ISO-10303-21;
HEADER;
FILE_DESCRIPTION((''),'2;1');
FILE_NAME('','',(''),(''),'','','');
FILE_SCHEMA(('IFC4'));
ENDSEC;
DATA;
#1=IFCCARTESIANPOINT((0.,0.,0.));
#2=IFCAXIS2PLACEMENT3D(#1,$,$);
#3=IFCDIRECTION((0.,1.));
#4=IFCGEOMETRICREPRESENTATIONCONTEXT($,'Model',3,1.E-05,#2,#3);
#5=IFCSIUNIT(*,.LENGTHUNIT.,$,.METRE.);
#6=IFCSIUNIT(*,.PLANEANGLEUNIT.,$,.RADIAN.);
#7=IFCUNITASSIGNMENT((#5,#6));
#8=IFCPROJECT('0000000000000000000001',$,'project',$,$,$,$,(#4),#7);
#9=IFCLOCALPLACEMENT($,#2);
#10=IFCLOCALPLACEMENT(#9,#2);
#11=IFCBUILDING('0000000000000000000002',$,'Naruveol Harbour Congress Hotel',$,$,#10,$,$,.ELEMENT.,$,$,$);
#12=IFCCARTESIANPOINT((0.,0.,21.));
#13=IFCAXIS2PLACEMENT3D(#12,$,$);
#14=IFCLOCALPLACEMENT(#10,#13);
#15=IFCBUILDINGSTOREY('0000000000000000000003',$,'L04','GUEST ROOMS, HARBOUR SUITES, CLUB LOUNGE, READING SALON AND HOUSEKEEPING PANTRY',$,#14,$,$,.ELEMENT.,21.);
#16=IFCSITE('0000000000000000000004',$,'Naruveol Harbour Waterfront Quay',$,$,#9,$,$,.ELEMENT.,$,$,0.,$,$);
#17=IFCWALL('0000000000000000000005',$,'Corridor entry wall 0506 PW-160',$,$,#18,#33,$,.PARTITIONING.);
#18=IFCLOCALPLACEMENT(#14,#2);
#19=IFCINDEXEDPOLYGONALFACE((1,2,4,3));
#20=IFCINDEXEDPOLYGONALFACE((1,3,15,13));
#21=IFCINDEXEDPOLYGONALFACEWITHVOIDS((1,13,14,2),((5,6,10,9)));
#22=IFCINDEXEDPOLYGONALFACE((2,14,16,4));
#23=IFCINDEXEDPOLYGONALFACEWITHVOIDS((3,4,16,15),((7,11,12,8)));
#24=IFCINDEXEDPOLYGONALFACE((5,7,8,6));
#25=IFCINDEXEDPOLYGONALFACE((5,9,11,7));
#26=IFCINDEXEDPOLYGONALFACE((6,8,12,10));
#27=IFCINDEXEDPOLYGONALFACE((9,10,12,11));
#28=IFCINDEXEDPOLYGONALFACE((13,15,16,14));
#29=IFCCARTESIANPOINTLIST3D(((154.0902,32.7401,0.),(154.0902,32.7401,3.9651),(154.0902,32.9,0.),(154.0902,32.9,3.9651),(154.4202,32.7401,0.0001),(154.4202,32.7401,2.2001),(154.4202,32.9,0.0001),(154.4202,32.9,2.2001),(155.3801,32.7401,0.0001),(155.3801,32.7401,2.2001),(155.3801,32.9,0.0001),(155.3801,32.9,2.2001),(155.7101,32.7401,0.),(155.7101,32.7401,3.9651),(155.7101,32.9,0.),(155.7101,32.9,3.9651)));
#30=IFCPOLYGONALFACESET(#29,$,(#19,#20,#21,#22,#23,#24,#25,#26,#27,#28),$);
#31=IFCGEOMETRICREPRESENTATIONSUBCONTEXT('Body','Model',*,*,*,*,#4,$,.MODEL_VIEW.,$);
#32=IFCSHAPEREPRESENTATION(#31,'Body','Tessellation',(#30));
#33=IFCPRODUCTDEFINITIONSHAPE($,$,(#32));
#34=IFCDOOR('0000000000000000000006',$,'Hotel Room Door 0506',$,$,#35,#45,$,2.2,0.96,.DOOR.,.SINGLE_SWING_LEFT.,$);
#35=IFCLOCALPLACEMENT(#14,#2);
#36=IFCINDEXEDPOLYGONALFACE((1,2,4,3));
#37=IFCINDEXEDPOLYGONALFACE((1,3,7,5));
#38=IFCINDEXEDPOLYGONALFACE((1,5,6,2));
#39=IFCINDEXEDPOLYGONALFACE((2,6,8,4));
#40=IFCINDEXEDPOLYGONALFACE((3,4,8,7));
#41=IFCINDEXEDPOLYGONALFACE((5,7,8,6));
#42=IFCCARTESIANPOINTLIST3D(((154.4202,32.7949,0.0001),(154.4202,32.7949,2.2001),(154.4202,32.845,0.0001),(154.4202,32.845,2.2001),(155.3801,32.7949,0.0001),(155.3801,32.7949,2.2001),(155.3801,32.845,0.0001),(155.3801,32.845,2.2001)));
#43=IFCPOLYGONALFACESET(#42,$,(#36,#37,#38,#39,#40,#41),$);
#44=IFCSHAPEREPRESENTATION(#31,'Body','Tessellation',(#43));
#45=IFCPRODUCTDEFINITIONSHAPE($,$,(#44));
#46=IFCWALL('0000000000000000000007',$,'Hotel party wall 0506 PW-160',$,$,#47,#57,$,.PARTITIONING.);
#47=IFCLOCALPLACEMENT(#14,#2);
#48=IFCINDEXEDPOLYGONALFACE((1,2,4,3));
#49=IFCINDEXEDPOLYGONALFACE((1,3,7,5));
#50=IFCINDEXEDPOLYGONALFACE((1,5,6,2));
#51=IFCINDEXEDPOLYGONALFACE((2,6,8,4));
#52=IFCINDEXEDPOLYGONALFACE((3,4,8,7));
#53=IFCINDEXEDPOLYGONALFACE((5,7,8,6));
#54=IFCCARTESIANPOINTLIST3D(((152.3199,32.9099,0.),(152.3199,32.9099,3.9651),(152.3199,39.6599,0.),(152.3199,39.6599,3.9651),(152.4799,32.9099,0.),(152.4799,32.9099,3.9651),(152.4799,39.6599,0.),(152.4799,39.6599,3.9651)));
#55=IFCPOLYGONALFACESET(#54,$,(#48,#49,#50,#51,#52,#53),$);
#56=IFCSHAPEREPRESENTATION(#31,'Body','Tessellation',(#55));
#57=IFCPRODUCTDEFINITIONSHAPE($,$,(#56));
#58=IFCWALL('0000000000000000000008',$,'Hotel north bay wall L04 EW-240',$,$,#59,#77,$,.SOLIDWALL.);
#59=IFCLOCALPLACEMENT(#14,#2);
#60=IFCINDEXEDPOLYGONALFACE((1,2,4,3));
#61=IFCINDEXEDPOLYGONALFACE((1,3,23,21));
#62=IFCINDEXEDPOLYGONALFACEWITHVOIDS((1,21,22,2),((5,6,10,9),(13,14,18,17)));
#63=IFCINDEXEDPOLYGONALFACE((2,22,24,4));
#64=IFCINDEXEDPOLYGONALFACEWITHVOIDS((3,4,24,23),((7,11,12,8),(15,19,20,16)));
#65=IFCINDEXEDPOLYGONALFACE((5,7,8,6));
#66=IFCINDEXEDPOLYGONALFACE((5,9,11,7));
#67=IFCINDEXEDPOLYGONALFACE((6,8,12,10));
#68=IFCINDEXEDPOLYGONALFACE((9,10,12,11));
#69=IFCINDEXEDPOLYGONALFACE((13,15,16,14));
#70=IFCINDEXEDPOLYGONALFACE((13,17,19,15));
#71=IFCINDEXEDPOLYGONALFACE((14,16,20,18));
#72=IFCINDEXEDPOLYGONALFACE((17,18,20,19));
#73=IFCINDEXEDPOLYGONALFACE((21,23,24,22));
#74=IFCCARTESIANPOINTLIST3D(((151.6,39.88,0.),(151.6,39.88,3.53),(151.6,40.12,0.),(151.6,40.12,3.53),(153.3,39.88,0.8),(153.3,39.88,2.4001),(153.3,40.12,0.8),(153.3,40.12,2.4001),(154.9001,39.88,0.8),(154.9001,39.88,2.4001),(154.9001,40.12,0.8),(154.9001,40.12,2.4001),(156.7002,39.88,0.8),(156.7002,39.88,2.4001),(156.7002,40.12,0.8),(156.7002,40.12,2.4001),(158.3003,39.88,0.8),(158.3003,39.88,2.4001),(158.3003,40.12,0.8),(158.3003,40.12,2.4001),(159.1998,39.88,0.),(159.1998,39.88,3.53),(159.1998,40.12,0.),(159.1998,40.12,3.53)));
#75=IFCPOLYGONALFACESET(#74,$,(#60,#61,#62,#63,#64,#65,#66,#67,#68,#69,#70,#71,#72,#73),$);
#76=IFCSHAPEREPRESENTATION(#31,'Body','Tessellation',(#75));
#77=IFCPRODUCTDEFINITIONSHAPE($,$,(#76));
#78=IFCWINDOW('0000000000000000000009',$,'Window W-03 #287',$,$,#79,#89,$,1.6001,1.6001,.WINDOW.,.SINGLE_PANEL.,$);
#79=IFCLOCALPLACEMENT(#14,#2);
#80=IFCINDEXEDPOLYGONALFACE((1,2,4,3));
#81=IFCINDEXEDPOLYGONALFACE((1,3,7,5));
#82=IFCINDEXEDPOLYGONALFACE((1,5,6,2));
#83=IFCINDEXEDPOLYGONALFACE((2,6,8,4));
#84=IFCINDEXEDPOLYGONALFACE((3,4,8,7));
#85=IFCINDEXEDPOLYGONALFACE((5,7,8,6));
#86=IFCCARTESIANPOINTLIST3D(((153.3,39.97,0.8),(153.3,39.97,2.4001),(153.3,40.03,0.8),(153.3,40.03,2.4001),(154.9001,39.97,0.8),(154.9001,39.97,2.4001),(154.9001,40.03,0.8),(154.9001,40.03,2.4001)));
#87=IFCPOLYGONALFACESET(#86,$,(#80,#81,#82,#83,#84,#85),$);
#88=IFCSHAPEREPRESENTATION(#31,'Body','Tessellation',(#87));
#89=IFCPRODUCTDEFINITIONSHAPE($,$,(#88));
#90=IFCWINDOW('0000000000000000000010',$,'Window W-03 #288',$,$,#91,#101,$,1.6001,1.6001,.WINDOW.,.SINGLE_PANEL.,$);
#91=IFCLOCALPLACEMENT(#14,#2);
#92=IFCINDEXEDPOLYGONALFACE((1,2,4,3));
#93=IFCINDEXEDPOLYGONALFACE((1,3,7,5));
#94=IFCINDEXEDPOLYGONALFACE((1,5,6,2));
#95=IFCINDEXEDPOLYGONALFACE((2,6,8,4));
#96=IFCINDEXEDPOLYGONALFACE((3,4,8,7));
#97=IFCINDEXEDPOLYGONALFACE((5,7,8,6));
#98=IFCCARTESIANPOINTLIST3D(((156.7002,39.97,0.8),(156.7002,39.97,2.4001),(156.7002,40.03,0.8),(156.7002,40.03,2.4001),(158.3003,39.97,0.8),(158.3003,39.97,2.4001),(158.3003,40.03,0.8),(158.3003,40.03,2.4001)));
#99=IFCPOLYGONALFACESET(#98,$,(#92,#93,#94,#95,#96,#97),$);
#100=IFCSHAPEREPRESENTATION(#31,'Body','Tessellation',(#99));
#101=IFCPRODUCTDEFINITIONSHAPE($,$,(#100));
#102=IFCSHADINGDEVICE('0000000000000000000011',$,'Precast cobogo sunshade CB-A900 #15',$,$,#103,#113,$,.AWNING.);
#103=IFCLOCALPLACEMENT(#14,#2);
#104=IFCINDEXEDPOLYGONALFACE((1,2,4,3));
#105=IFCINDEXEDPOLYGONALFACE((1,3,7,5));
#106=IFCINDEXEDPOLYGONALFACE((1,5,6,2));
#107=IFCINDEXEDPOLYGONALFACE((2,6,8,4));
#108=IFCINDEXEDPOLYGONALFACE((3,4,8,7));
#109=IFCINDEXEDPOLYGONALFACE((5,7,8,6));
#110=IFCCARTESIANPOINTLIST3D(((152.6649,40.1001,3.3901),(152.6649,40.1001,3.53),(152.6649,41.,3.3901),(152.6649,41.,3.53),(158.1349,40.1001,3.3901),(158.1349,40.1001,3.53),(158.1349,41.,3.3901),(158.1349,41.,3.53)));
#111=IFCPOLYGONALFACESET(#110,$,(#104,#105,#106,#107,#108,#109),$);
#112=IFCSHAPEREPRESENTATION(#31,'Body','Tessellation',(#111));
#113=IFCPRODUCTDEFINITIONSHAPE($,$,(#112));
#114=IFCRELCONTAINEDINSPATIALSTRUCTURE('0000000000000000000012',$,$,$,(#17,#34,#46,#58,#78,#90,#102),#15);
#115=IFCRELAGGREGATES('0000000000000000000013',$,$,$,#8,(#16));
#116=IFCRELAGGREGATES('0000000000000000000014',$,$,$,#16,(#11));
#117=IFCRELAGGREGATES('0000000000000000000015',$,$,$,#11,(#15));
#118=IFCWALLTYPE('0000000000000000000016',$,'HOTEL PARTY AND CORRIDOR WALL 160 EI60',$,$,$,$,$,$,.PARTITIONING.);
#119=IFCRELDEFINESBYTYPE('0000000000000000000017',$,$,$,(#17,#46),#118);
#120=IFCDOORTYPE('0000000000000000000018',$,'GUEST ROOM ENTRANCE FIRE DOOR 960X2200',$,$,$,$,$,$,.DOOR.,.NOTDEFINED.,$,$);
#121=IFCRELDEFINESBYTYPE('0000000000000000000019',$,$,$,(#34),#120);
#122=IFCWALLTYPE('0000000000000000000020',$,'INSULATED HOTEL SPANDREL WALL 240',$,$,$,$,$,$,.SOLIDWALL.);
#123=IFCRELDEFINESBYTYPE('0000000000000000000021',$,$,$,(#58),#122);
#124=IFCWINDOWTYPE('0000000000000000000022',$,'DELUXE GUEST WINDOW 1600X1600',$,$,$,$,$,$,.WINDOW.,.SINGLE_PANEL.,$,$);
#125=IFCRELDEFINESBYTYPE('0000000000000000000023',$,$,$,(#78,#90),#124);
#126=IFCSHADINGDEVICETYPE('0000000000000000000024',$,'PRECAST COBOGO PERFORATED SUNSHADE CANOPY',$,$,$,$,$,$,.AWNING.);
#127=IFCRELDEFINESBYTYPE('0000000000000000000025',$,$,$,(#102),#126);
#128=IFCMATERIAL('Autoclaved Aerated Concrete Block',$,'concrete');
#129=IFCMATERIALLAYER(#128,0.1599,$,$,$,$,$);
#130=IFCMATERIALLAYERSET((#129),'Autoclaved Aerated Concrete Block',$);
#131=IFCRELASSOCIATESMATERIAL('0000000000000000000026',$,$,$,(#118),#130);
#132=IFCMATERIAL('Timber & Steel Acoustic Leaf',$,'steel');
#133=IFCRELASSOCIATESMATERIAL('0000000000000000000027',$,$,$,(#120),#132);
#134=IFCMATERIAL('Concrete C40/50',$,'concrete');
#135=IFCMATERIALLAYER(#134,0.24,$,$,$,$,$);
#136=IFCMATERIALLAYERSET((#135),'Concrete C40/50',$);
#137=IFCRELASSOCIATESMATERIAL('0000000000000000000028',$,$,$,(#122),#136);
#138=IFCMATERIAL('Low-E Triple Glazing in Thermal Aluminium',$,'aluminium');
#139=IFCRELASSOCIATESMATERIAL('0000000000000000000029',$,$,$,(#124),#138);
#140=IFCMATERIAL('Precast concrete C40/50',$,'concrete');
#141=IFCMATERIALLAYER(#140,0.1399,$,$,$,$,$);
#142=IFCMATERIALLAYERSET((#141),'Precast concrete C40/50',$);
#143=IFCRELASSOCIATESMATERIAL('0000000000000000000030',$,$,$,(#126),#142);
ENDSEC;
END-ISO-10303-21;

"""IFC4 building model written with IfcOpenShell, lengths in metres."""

from ifc_helpers import new_model, si_unit, direction, frame, frame_2d, origin, origin_2d, place, context, subcontext, project, spatial, rectangle, extrude, material, layer, layer_set, type_object, element, fill, save


model = new_model("IFC4")

# Units and contexts
model_context = context("Model", 3, precision=1e-05, world=origin(), true_north=direction((0.0, 1.0)))
body_context = subcontext(model_context, "Body", "Model", "MODEL_VIEW")
ifc_project = project(units=[si_unit("LENGTHUNIT", "METRE"), si_unit("PLANEANGLEUNIT", "RADIAN")], contexts=[model_context])

# Site, building, storey
site_placement = place(None, origin())
site = spatial("IfcSite", under=ifc_project, at=site_placement, Name="Naruveol Harbour Waterfront Quay", CompositionType="ELEMENT", RefElevation=0.0)
building_placement = place(site_placement, origin())
building = spatial("IfcBuilding", under=site, at=building_placement, Name="Naruveol Harbour Congress Hotel", CompositionType="ELEMENT")
storey_placement = place(building_placement, frame((0.0, 0.0, 21.0)))
storey = spatial("IfcBuildingStorey", under=building, at=storey_placement, Name="L04", Description="GUEST ROOMS, HARBOUR SUITES, CLUB LOUNGE, READING SALON AND HOUSEKEEPING PANTRY", CompositionType="ELEMENT", Elevation=21.0)

# Shared definitions
ifc_material_1 = material(Name="Autoclaved Aerated Concrete Block", Category="concrete")
ifc_layer_1 = layer(ifc_material_1, 0.1599)
ifc_layer_set_1 = layer_set([ifc_layer_1], Name="Autoclaved Aerated Concrete Block")
wall_type_1 = type_object("IfcWallType", Name="HOTEL PARTY AND CORRIDOR WALL 160 EI60", PredefinedType="PARTITIONING", material=ifc_layer_set_1)
ifc_material_2 = material(Name="Timber & Steel Acoustic Leaf", Category="steel")
door_type_1 = type_object("IfcDoorType", Name="GUEST ROOM ENTRANCE FIRE DOOR 960X2200", OperationType="NOTDEFINED", PredefinedType="DOOR", material=ifc_material_2)

# Wall, opening, door
wall_1_placement = place(storey_placement, frame((154.0901, 32.8201, 0.0), z_axis=(0.0, 0.0, 1.0), x_axis=(1.0, 0.0, 0.0)))
wall_1 = element("IfcWall", 1, at=wall_1_placement, inside=storey, type_object=wall_type_1, Name="Corridor entry wall 0506 PW-160", PredefinedType="PARTITIONING", context=body_context, shape_type="SweptSolid", body=[
    extrude(rectangle(XDim=1.6199, YDim=0.1599, at=frame_2d((0.8101, 0.0))), origin(), (0.0, 0.0, 1.0), 3.9651),
])
opening_1_placement = place(wall_1_placement, frame((0.3301, 0.0, 0.0)))
opening_1 = element("IfcOpeningElement", 2, at=opening_1_placement, cuts=wall_1, PredefinedType="OPENING", context=body_context, shape_type="SweptSolid", body=[
    extrude(rectangle(XDim=0.96, YDim=2.2, at=frame_2d((0.48, 1.1001))), frame((0.0, 0.0898, 0.0), z_axis=(0.0, -1.0, 0.0), x_axis=(1.0, 0.0, 0.0)), (0.0, 0.0, 1.0), 0.1799),
])
door_1_placement = place(opening_1_placement, origin())
door_1 = element("IfcDoor", 3, at=door_1_placement, inside=storey, type_object=door_type_1, Name="Hotel Room Door 0506", OperationType="SINGLE_SWING_LEFT", OverallHeight=2.2, OverallWidth=0.96, PredefinedType="DOOR", context=body_context, shape_type="SweptSolid", body=[
    extrude(rectangle(XDim=0.96, YDim=2.2, at=frame_2d((0.48, 1.1001))), frame((0.0, 0.0249, 0.0), z_axis=(0.0, -1.0, 0.0), x_axis=(1.0, 0.0, 0.0)), (0.0, 0.0, 1.0), 0.05),
])
fill(opening_1, door_1)

# Wall
wall_2_placement = place(storey_placement, frame((152.3999, 32.9099, 0.0), z_axis=(0.0, 0.0, 1.0), x_axis=(0.0, 1.0, 0.0)))
element("IfcWall", 4, at=wall_2_placement, inside=storey, type_object=wall_type_1, Name="Hotel party wall 0506 PW-160", PredefinedType="PARTITIONING", context=body_context, shape_type="SweptSolid", body=[
    extrude(rectangle(XDim=6.75, YDim=0.1599, at=frame_2d((3.375, 0.0))), origin(), (0.0, 0.0, 1.0), 3.9651),
])

# Wall, openings, windows
ifc_material_3 = material(Name="Concrete C40/50", Category="concrete")
ifc_layer_2 = layer(ifc_material_3, 0.24)
ifc_layer_set_2 = layer_set([ifc_layer_2], Name="Concrete C40/50")
wall_type_2 = type_object("IfcWallType", Name="INSULATED HOTEL SPANDREL WALL 240", PredefinedType="SOLIDWALL", material=ifc_layer_set_2)
wall_3_placement = place(storey_placement, frame((151.6001, 40.0, 0.0), z_axis=(0.0, 0.0, 1.0), x_axis=(1.0, 0.0, 0.0)))
wall_3 = element("IfcWall", 5, at=wall_3_placement, inside=storey, type_object=wall_type_2, Name="Hotel north bay wall L04 EW-240", PredefinedType="SOLIDWALL", context=body_context, shape_type="SweptSolid", body=[
    extrude(rectangle(XDim=7.5999, YDim=0.24, at=frame_2d((3.7998, 0.0))), origin(), (0.0, 0.0, 1.0), 3.53),
])
opening_2_placement = place(wall_3_placement, frame((1.7, 0.0, 0.8)))
opening_2 = element("IfcOpeningElement", 6, at=opening_2_placement, cuts=wall_3, PredefinedType="OPENING", context=body_context, shape_type="SweptSolid", body=[
    extrude(rectangle(XDim=1.6001, YDim=1.6001, at=frame_2d((0.8, 0.8))), frame((0.0, 0.1299, 0.0), z_axis=(0.0, -1.0, 0.0), x_axis=(1.0, 0.0, 0.0)), (0.0, 0.0, 1.0), 0.26),
])
opening_3_placement = place(wall_3_placement, frame((5.1001, 0.0, 0.8)))
opening_3 = element("IfcOpeningElement", 7, at=opening_3_placement, cuts=wall_3, PredefinedType="OPENING", context=body_context, shape_type="SweptSolid", body=[
    extrude(rectangle(XDim=1.6001, YDim=1.6001, at=frame_2d((0.8, 0.8))), frame((0.0, 0.1299, 0.0), z_axis=(0.0, -1.0, 0.0), x_axis=(1.0, 0.0, 0.0)), (0.0, 0.0, 1.0), 0.26),
])
ifc_material_4 = material(Name="Low-E Triple Glazing in Thermal Aluminium", Category="aluminium")
window_type = type_object("IfcWindowType", Name="DELUXE GUEST WINDOW 1600X1600", PartitioningType="SINGLE_PANEL", PredefinedType="WINDOW", material=ifc_material_4)
window_1_placement = place(opening_2_placement, origin())
window_1 = element("IfcWindow", 8, at=window_1_placement, inside=storey, type_object=window_type, Name="Window W-03 #287", OverallHeight=1.6001, OverallWidth=1.6001, PartitioningType="SINGLE_PANEL", PredefinedType="WINDOW", context=body_context, shape_type="SweptSolid", body=[
    extrude(rectangle(XDim=1.6001, YDim=1.6001, at=frame_2d((0.8, 0.8))), frame((0.0, 0.03, 0.0), z_axis=(0.0, -1.0, 0.0), x_axis=(1.0, 0.0, 0.0)), (0.0, 0.0, 1.0), 0.0601),
])
fill(opening_2, window_1)
window_2_placement = place(opening_3_placement, origin())
window_2 = element("IfcWindow", 9, at=window_2_placement, inside=storey, type_object=window_type, Name="Window W-03 #288", OverallHeight=1.6001, OverallWidth=1.6001, PartitioningType="SINGLE_PANEL", PredefinedType="WINDOW", context=body_context, shape_type="SweptSolid", body=[
    extrude(rectangle(XDim=1.6001, YDim=1.6001, at=frame_2d((0.8, 0.8))), frame((0.0, 0.03, 0.0), z_axis=(0.0, -1.0, 0.0), x_axis=(1.0, 0.0, 0.0)), (0.0, 0.0, 1.0), 0.0601),
])
fill(opening_3, window_2)

# Shading device
ifc_material_5 = material(Name="Precast concrete C40/50", Category="concrete")
ifc_layer_3 = layer(ifc_material_5, 0.1399)
ifc_layer_set_3 = layer_set([ifc_layer_3], Name="Precast concrete C40/50")
shading_device_type = type_object("IfcShadingDeviceType", Name="PRECAST COBOGO PERFORATED SUNSHADE CANOPY", PredefinedType="AWNING", material=ifc_layer_set_3)
shading_device_placement = place(storey_placement, frame((155.3999, 40.55, 3.3901), z_axis=(0.0, 0.0, 1.0), x_axis=(1.0, 0.0, 0.0)))
element("IfcShadingDevice", 10, at=shading_device_placement, inside=storey, type_object=shading_device_type, Name="Precast cobogo sunshade CB-A900 #15", PredefinedType="AWNING", context=body_context, shape_type="SweptSolid", body=[
    extrude(rectangle(XDim=5.47, YDim=0.8999, at=origin_2d()), origin(), (0.0, 0.0, 1.0), 0.1399),
])

save(model, "model.ifc")
